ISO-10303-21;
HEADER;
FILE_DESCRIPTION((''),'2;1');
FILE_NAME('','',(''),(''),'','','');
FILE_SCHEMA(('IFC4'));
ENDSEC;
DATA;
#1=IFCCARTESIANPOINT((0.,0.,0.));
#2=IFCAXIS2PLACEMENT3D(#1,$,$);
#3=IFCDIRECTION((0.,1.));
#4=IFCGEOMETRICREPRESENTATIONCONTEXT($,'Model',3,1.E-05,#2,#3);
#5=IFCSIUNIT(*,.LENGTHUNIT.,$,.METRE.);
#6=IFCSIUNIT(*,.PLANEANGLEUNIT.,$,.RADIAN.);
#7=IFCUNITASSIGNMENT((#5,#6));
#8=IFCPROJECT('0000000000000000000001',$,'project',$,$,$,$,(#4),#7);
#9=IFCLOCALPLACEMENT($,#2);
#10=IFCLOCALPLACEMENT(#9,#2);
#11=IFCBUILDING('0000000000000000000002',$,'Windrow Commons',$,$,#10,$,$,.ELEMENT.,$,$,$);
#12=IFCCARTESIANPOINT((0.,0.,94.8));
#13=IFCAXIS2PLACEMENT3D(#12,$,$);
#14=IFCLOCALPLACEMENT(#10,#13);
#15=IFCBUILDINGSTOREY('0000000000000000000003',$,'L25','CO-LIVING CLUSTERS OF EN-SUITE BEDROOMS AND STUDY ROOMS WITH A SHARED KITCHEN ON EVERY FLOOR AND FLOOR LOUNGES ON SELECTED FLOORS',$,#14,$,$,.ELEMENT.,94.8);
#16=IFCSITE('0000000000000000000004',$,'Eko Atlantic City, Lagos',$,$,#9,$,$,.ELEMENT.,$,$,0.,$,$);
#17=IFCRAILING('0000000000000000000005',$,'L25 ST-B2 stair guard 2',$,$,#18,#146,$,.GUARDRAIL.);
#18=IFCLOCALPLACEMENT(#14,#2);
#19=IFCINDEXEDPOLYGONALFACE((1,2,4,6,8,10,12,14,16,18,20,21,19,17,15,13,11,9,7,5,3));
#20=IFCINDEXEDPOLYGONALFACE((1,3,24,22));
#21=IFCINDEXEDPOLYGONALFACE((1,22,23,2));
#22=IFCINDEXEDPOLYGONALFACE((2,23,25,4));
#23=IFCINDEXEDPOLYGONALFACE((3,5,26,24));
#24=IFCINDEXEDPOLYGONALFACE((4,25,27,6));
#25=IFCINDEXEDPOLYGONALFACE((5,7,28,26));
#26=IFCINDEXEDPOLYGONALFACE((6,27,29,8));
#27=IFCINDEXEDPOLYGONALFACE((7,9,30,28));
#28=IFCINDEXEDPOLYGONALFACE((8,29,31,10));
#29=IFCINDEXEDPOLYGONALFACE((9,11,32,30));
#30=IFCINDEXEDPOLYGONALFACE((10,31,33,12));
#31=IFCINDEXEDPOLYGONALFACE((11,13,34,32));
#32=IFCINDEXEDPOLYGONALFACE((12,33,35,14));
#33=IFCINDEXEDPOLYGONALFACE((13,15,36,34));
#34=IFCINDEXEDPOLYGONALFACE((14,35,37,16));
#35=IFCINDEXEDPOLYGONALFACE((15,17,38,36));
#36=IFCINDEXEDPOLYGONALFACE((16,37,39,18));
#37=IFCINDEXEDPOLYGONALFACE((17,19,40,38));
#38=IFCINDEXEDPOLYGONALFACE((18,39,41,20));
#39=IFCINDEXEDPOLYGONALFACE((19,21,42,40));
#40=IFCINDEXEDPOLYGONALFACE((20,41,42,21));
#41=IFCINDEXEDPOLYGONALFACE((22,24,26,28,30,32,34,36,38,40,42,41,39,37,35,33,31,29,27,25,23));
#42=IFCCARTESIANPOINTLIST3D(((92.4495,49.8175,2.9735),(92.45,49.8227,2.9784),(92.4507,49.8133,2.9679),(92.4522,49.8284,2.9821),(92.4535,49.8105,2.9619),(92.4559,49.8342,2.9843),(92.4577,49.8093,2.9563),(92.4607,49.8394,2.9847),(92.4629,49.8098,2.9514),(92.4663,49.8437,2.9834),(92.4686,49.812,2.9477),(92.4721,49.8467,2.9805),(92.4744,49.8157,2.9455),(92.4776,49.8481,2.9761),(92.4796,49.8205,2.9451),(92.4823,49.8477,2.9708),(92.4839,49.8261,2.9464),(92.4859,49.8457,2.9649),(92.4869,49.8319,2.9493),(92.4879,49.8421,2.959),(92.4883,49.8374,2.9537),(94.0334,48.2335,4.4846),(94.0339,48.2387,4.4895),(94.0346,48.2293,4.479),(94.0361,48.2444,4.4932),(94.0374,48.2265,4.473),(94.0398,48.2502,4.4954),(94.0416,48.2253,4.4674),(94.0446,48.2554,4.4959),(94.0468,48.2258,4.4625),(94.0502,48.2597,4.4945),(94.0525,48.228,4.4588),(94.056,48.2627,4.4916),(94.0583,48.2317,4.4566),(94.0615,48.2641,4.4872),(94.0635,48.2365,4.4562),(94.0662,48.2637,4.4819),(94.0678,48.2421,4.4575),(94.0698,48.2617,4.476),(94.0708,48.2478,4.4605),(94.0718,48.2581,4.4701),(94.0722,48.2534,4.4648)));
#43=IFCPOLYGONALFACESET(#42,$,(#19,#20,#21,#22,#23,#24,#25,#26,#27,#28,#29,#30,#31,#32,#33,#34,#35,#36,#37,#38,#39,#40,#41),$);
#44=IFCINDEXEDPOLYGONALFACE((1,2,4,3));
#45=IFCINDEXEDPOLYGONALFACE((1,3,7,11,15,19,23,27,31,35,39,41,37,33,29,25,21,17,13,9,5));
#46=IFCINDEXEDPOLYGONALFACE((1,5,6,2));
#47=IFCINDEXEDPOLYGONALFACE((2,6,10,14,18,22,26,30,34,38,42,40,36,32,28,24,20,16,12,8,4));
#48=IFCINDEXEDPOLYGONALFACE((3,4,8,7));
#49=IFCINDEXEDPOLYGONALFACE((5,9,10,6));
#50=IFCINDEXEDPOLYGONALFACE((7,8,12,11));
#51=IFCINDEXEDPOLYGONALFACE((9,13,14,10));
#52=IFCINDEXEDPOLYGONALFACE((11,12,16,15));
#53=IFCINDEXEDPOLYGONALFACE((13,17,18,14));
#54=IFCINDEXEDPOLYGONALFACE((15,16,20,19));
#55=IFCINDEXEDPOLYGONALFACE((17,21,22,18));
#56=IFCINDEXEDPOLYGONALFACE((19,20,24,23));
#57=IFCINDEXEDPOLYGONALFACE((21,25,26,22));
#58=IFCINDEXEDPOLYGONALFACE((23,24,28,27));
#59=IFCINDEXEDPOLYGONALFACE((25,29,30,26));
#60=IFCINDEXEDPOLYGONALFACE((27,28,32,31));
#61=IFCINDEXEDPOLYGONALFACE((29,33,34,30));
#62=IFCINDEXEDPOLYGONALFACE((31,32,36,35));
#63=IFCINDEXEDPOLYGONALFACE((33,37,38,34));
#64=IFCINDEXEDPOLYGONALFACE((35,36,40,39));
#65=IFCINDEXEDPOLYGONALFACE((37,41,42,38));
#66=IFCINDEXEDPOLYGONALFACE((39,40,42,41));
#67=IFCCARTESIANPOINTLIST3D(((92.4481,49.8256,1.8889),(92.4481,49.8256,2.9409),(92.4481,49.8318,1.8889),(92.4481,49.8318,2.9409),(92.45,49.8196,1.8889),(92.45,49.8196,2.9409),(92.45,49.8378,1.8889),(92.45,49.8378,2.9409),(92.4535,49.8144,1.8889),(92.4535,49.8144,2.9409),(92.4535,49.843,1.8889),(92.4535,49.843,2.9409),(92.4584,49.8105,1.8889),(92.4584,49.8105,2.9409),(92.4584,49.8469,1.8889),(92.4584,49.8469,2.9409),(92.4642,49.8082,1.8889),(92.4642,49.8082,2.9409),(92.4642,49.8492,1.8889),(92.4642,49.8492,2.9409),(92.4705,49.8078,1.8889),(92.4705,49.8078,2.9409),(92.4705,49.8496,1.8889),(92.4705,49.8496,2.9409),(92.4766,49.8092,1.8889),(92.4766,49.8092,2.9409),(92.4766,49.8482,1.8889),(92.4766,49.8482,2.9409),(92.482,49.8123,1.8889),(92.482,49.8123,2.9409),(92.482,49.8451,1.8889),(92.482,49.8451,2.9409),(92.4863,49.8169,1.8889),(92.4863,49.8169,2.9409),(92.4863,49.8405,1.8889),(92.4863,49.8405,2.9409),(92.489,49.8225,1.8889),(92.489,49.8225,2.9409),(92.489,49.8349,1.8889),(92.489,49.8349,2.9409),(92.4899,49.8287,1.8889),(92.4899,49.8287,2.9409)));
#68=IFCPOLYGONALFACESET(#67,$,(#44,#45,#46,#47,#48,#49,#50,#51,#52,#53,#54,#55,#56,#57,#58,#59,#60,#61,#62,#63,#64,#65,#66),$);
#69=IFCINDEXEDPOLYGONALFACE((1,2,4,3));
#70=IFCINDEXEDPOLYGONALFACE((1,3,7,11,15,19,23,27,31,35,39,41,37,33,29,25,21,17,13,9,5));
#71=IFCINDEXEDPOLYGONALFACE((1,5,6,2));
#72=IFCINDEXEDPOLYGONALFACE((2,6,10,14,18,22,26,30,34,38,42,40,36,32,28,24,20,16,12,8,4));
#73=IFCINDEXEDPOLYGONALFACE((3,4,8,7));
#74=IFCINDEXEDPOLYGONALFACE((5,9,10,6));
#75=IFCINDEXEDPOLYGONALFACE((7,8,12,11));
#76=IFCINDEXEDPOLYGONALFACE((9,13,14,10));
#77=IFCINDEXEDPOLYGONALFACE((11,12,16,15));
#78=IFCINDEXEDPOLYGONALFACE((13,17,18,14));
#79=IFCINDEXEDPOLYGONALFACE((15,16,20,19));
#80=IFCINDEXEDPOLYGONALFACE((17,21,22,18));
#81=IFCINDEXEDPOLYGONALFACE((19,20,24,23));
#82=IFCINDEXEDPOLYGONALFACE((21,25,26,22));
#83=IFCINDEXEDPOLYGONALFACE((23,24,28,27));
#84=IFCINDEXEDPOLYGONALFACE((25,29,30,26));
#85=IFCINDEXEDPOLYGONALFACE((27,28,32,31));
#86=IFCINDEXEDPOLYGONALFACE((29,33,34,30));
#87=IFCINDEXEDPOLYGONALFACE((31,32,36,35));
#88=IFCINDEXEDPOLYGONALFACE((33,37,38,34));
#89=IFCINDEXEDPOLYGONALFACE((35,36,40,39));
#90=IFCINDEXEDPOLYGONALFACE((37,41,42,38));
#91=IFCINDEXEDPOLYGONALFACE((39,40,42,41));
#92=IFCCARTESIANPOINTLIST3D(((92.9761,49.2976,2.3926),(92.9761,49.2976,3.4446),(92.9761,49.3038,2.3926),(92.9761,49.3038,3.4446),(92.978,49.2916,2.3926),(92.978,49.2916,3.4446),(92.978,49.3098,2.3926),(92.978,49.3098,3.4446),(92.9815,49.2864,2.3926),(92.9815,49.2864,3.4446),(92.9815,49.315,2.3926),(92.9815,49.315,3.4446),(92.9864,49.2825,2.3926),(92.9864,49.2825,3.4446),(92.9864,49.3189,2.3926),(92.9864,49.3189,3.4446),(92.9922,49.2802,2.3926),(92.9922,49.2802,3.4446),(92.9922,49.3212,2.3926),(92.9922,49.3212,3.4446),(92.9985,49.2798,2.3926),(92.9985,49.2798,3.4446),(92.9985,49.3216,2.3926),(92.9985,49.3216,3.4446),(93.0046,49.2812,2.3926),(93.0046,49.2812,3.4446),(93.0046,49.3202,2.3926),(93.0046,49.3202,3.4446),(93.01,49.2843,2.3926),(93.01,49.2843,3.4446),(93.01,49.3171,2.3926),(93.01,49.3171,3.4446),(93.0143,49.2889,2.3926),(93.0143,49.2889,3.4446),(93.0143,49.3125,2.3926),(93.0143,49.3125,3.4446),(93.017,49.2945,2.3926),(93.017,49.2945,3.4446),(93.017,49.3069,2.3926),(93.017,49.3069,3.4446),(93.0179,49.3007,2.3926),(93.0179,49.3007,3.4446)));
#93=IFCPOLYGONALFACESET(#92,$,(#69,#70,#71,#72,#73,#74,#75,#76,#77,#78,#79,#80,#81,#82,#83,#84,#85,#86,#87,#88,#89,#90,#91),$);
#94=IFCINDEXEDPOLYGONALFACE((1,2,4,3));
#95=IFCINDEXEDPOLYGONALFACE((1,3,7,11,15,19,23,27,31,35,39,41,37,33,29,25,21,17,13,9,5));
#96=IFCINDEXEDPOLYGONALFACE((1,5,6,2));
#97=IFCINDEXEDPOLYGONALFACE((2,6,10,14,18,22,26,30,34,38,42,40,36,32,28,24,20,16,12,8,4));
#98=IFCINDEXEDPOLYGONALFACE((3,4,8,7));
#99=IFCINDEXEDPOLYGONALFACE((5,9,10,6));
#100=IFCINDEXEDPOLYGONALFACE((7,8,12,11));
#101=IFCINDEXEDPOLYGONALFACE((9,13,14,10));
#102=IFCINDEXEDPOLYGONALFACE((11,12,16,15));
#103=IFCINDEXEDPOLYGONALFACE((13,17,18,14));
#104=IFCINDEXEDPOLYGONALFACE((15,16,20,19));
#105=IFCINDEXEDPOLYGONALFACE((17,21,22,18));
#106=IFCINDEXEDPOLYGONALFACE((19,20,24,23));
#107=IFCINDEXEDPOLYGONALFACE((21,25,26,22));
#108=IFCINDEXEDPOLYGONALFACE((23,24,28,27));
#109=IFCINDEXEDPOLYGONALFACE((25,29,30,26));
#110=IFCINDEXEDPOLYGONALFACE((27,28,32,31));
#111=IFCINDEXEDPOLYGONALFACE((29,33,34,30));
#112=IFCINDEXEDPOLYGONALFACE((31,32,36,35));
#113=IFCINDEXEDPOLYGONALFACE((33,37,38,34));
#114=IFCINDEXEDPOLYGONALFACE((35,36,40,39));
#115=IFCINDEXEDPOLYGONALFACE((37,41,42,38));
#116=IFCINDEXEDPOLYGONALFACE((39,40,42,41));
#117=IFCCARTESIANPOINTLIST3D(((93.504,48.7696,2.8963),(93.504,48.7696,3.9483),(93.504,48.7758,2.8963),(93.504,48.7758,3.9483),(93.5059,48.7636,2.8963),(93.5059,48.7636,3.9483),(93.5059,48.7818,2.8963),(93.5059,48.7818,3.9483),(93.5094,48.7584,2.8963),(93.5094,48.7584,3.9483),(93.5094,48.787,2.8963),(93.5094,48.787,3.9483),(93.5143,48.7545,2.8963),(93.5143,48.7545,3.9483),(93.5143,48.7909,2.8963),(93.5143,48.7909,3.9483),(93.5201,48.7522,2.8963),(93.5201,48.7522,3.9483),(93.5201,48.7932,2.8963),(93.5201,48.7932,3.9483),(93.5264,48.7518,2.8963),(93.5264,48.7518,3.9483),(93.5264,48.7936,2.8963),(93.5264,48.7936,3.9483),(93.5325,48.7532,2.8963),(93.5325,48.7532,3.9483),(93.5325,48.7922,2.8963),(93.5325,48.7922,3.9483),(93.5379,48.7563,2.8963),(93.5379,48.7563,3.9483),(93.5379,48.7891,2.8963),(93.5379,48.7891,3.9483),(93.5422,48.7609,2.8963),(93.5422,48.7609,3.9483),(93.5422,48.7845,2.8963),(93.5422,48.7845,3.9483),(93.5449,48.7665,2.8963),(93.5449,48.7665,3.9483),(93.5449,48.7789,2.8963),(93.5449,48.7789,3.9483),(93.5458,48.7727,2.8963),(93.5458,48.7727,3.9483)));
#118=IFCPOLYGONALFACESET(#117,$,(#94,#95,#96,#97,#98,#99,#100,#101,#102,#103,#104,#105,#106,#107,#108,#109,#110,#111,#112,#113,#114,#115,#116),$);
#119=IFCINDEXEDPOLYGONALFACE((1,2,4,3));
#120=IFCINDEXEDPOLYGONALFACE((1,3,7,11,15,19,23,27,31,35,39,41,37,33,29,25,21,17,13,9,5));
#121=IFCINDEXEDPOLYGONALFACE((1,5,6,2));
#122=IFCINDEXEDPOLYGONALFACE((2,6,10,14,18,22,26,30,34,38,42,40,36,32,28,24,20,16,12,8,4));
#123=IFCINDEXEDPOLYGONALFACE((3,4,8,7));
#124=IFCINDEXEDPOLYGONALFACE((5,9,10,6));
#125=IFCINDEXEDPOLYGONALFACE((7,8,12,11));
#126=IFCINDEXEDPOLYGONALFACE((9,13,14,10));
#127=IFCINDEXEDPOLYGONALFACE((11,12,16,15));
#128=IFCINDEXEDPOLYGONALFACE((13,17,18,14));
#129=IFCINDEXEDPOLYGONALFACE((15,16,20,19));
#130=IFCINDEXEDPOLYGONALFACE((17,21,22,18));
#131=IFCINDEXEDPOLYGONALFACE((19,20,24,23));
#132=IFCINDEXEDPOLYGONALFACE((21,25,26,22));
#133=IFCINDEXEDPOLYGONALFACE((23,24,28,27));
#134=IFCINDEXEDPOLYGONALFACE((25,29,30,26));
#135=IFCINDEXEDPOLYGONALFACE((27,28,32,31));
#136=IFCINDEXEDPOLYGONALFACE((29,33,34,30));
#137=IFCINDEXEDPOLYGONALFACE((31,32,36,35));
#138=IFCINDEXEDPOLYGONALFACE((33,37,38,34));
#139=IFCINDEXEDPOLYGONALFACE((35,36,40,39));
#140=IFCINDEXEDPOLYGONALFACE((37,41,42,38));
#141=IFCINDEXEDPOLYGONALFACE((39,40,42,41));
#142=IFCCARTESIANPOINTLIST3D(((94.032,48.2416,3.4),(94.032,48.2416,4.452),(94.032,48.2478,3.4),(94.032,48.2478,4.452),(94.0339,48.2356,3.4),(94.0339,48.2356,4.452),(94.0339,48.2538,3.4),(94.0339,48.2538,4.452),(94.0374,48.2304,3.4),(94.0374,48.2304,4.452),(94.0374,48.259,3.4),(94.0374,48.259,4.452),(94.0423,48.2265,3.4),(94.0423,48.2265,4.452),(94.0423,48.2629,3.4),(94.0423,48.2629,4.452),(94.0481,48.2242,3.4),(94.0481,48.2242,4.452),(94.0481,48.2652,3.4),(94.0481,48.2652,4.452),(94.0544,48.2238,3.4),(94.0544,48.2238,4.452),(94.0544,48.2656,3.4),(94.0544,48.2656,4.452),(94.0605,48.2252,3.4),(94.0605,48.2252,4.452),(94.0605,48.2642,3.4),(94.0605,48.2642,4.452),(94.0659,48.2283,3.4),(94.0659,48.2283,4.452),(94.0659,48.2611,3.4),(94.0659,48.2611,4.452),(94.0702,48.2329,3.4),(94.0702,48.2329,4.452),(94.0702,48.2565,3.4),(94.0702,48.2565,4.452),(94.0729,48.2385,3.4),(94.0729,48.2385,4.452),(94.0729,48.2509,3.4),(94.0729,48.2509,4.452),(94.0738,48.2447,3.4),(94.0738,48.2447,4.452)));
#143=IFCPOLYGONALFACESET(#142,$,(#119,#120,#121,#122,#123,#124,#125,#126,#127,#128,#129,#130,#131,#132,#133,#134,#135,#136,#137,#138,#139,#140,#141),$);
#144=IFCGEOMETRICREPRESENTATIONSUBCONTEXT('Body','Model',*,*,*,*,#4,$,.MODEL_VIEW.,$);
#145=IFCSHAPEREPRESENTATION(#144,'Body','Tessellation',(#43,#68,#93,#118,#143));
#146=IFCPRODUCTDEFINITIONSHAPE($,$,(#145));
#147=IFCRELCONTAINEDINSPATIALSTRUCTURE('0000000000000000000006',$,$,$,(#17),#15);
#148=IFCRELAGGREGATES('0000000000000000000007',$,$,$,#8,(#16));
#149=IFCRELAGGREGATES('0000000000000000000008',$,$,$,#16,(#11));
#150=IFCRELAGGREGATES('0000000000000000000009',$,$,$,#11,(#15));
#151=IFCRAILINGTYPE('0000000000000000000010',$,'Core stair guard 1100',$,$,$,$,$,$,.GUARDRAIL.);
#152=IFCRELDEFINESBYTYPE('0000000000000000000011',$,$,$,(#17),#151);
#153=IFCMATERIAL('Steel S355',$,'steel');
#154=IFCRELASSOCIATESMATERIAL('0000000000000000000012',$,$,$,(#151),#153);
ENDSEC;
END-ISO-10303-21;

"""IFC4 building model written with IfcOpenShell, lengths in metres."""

from ifc_helpers import new_model, si_unit, direction, frame, origin, origin_2d, place, context, subcontext, project, spatial, circle, extrude, material, type_object, element, save


model = new_model("IFC4")

# Units and contexts
model_context = context("Model", 3, precision=1e-05, world=origin(), true_north=direction((0.0, 1.0)))
body_context = subcontext(model_context, "Body", "Model", "MODEL_VIEW")
ifc_project = project(units=[si_unit("LENGTHUNIT", "METRE"), si_unit("PLANEANGLEUNIT", "RADIAN")], contexts=[model_context])

# Site, building, storey
site_placement = place(None, origin())
site = spatial("IfcSite", under=ifc_project, at=site_placement, Name="Eko Atlantic City, Lagos", CompositionType="ELEMENT", RefElevation=0.0)
building_placement = place(site_placement, origin())
building = spatial("IfcBuilding", under=site, at=building_placement, Name="Windrow Commons", CompositionType="ELEMENT")
storey_placement = place(building_placement, frame((0.0, 0.0, 94.8)))
storey = spatial("IfcBuildingStorey", under=building, at=storey_placement, Name="L25", Description="CO-LIVING CLUSTERS OF EN-SUITE BEDROOMS AND STUDY ROOMS WITH A SHARED KITCHEN ON EVERY FLOOR AND FLOOR LOUNGES ON SELECTED FLOORS", CompositionType="ELEMENT", Elevation=94.8)

# Railing
ifc_material_1 = material(Name="Steel S355", Category="steel")
railing_type_1 = type_object("IfcRailingType", Name="Core stair guard 1100", PredefinedType="GUARDRAIL", material=ifc_material_1)
railing_1_placement = place(storey_placement, frame((92.4689, 49.8287, 1.8889)))
element("IfcRailing", 1, at=railing_1_placement, inside=storey, type_object=railing_type_1, Name="L25 ST-B2 stair guard 2", PredefinedType="GUARDRAIL", context=body_context, shape_type="SweptSolid", body=[
    extrude(circle(Radius=0.024, at=origin_2d()), frame((0.0, 0.0, 1.076), z_axis=(0.586179, -0.586216, 0.559237), x_axis=(0.707129, 0.707084, 0.0)), (0.0, 0.0, 1.0), 2.7021),
    extrude(circle(Radius=0.021, at=origin_2d()), origin(), (0.0, 0.0, 1.0), 1.052),
    extrude(circle(Radius=0.021, at=origin_2d()), frame((0.528, -0.528, 0.5037)), (0.0, 0.0, 1.0), 1.052),
    extrude(circle(Radius=0.021, at=origin_2d()), frame((1.0559, -1.056, 1.0074)), (0.0, 0.0, 1.0), 1.052),
    extrude(circle(Radius=0.021, at=origin_2d()), frame((1.5839, -1.584, 1.5111)), (0.0, 0.0, 1.0), 1.052),
])

save(model, "model.ifc")
